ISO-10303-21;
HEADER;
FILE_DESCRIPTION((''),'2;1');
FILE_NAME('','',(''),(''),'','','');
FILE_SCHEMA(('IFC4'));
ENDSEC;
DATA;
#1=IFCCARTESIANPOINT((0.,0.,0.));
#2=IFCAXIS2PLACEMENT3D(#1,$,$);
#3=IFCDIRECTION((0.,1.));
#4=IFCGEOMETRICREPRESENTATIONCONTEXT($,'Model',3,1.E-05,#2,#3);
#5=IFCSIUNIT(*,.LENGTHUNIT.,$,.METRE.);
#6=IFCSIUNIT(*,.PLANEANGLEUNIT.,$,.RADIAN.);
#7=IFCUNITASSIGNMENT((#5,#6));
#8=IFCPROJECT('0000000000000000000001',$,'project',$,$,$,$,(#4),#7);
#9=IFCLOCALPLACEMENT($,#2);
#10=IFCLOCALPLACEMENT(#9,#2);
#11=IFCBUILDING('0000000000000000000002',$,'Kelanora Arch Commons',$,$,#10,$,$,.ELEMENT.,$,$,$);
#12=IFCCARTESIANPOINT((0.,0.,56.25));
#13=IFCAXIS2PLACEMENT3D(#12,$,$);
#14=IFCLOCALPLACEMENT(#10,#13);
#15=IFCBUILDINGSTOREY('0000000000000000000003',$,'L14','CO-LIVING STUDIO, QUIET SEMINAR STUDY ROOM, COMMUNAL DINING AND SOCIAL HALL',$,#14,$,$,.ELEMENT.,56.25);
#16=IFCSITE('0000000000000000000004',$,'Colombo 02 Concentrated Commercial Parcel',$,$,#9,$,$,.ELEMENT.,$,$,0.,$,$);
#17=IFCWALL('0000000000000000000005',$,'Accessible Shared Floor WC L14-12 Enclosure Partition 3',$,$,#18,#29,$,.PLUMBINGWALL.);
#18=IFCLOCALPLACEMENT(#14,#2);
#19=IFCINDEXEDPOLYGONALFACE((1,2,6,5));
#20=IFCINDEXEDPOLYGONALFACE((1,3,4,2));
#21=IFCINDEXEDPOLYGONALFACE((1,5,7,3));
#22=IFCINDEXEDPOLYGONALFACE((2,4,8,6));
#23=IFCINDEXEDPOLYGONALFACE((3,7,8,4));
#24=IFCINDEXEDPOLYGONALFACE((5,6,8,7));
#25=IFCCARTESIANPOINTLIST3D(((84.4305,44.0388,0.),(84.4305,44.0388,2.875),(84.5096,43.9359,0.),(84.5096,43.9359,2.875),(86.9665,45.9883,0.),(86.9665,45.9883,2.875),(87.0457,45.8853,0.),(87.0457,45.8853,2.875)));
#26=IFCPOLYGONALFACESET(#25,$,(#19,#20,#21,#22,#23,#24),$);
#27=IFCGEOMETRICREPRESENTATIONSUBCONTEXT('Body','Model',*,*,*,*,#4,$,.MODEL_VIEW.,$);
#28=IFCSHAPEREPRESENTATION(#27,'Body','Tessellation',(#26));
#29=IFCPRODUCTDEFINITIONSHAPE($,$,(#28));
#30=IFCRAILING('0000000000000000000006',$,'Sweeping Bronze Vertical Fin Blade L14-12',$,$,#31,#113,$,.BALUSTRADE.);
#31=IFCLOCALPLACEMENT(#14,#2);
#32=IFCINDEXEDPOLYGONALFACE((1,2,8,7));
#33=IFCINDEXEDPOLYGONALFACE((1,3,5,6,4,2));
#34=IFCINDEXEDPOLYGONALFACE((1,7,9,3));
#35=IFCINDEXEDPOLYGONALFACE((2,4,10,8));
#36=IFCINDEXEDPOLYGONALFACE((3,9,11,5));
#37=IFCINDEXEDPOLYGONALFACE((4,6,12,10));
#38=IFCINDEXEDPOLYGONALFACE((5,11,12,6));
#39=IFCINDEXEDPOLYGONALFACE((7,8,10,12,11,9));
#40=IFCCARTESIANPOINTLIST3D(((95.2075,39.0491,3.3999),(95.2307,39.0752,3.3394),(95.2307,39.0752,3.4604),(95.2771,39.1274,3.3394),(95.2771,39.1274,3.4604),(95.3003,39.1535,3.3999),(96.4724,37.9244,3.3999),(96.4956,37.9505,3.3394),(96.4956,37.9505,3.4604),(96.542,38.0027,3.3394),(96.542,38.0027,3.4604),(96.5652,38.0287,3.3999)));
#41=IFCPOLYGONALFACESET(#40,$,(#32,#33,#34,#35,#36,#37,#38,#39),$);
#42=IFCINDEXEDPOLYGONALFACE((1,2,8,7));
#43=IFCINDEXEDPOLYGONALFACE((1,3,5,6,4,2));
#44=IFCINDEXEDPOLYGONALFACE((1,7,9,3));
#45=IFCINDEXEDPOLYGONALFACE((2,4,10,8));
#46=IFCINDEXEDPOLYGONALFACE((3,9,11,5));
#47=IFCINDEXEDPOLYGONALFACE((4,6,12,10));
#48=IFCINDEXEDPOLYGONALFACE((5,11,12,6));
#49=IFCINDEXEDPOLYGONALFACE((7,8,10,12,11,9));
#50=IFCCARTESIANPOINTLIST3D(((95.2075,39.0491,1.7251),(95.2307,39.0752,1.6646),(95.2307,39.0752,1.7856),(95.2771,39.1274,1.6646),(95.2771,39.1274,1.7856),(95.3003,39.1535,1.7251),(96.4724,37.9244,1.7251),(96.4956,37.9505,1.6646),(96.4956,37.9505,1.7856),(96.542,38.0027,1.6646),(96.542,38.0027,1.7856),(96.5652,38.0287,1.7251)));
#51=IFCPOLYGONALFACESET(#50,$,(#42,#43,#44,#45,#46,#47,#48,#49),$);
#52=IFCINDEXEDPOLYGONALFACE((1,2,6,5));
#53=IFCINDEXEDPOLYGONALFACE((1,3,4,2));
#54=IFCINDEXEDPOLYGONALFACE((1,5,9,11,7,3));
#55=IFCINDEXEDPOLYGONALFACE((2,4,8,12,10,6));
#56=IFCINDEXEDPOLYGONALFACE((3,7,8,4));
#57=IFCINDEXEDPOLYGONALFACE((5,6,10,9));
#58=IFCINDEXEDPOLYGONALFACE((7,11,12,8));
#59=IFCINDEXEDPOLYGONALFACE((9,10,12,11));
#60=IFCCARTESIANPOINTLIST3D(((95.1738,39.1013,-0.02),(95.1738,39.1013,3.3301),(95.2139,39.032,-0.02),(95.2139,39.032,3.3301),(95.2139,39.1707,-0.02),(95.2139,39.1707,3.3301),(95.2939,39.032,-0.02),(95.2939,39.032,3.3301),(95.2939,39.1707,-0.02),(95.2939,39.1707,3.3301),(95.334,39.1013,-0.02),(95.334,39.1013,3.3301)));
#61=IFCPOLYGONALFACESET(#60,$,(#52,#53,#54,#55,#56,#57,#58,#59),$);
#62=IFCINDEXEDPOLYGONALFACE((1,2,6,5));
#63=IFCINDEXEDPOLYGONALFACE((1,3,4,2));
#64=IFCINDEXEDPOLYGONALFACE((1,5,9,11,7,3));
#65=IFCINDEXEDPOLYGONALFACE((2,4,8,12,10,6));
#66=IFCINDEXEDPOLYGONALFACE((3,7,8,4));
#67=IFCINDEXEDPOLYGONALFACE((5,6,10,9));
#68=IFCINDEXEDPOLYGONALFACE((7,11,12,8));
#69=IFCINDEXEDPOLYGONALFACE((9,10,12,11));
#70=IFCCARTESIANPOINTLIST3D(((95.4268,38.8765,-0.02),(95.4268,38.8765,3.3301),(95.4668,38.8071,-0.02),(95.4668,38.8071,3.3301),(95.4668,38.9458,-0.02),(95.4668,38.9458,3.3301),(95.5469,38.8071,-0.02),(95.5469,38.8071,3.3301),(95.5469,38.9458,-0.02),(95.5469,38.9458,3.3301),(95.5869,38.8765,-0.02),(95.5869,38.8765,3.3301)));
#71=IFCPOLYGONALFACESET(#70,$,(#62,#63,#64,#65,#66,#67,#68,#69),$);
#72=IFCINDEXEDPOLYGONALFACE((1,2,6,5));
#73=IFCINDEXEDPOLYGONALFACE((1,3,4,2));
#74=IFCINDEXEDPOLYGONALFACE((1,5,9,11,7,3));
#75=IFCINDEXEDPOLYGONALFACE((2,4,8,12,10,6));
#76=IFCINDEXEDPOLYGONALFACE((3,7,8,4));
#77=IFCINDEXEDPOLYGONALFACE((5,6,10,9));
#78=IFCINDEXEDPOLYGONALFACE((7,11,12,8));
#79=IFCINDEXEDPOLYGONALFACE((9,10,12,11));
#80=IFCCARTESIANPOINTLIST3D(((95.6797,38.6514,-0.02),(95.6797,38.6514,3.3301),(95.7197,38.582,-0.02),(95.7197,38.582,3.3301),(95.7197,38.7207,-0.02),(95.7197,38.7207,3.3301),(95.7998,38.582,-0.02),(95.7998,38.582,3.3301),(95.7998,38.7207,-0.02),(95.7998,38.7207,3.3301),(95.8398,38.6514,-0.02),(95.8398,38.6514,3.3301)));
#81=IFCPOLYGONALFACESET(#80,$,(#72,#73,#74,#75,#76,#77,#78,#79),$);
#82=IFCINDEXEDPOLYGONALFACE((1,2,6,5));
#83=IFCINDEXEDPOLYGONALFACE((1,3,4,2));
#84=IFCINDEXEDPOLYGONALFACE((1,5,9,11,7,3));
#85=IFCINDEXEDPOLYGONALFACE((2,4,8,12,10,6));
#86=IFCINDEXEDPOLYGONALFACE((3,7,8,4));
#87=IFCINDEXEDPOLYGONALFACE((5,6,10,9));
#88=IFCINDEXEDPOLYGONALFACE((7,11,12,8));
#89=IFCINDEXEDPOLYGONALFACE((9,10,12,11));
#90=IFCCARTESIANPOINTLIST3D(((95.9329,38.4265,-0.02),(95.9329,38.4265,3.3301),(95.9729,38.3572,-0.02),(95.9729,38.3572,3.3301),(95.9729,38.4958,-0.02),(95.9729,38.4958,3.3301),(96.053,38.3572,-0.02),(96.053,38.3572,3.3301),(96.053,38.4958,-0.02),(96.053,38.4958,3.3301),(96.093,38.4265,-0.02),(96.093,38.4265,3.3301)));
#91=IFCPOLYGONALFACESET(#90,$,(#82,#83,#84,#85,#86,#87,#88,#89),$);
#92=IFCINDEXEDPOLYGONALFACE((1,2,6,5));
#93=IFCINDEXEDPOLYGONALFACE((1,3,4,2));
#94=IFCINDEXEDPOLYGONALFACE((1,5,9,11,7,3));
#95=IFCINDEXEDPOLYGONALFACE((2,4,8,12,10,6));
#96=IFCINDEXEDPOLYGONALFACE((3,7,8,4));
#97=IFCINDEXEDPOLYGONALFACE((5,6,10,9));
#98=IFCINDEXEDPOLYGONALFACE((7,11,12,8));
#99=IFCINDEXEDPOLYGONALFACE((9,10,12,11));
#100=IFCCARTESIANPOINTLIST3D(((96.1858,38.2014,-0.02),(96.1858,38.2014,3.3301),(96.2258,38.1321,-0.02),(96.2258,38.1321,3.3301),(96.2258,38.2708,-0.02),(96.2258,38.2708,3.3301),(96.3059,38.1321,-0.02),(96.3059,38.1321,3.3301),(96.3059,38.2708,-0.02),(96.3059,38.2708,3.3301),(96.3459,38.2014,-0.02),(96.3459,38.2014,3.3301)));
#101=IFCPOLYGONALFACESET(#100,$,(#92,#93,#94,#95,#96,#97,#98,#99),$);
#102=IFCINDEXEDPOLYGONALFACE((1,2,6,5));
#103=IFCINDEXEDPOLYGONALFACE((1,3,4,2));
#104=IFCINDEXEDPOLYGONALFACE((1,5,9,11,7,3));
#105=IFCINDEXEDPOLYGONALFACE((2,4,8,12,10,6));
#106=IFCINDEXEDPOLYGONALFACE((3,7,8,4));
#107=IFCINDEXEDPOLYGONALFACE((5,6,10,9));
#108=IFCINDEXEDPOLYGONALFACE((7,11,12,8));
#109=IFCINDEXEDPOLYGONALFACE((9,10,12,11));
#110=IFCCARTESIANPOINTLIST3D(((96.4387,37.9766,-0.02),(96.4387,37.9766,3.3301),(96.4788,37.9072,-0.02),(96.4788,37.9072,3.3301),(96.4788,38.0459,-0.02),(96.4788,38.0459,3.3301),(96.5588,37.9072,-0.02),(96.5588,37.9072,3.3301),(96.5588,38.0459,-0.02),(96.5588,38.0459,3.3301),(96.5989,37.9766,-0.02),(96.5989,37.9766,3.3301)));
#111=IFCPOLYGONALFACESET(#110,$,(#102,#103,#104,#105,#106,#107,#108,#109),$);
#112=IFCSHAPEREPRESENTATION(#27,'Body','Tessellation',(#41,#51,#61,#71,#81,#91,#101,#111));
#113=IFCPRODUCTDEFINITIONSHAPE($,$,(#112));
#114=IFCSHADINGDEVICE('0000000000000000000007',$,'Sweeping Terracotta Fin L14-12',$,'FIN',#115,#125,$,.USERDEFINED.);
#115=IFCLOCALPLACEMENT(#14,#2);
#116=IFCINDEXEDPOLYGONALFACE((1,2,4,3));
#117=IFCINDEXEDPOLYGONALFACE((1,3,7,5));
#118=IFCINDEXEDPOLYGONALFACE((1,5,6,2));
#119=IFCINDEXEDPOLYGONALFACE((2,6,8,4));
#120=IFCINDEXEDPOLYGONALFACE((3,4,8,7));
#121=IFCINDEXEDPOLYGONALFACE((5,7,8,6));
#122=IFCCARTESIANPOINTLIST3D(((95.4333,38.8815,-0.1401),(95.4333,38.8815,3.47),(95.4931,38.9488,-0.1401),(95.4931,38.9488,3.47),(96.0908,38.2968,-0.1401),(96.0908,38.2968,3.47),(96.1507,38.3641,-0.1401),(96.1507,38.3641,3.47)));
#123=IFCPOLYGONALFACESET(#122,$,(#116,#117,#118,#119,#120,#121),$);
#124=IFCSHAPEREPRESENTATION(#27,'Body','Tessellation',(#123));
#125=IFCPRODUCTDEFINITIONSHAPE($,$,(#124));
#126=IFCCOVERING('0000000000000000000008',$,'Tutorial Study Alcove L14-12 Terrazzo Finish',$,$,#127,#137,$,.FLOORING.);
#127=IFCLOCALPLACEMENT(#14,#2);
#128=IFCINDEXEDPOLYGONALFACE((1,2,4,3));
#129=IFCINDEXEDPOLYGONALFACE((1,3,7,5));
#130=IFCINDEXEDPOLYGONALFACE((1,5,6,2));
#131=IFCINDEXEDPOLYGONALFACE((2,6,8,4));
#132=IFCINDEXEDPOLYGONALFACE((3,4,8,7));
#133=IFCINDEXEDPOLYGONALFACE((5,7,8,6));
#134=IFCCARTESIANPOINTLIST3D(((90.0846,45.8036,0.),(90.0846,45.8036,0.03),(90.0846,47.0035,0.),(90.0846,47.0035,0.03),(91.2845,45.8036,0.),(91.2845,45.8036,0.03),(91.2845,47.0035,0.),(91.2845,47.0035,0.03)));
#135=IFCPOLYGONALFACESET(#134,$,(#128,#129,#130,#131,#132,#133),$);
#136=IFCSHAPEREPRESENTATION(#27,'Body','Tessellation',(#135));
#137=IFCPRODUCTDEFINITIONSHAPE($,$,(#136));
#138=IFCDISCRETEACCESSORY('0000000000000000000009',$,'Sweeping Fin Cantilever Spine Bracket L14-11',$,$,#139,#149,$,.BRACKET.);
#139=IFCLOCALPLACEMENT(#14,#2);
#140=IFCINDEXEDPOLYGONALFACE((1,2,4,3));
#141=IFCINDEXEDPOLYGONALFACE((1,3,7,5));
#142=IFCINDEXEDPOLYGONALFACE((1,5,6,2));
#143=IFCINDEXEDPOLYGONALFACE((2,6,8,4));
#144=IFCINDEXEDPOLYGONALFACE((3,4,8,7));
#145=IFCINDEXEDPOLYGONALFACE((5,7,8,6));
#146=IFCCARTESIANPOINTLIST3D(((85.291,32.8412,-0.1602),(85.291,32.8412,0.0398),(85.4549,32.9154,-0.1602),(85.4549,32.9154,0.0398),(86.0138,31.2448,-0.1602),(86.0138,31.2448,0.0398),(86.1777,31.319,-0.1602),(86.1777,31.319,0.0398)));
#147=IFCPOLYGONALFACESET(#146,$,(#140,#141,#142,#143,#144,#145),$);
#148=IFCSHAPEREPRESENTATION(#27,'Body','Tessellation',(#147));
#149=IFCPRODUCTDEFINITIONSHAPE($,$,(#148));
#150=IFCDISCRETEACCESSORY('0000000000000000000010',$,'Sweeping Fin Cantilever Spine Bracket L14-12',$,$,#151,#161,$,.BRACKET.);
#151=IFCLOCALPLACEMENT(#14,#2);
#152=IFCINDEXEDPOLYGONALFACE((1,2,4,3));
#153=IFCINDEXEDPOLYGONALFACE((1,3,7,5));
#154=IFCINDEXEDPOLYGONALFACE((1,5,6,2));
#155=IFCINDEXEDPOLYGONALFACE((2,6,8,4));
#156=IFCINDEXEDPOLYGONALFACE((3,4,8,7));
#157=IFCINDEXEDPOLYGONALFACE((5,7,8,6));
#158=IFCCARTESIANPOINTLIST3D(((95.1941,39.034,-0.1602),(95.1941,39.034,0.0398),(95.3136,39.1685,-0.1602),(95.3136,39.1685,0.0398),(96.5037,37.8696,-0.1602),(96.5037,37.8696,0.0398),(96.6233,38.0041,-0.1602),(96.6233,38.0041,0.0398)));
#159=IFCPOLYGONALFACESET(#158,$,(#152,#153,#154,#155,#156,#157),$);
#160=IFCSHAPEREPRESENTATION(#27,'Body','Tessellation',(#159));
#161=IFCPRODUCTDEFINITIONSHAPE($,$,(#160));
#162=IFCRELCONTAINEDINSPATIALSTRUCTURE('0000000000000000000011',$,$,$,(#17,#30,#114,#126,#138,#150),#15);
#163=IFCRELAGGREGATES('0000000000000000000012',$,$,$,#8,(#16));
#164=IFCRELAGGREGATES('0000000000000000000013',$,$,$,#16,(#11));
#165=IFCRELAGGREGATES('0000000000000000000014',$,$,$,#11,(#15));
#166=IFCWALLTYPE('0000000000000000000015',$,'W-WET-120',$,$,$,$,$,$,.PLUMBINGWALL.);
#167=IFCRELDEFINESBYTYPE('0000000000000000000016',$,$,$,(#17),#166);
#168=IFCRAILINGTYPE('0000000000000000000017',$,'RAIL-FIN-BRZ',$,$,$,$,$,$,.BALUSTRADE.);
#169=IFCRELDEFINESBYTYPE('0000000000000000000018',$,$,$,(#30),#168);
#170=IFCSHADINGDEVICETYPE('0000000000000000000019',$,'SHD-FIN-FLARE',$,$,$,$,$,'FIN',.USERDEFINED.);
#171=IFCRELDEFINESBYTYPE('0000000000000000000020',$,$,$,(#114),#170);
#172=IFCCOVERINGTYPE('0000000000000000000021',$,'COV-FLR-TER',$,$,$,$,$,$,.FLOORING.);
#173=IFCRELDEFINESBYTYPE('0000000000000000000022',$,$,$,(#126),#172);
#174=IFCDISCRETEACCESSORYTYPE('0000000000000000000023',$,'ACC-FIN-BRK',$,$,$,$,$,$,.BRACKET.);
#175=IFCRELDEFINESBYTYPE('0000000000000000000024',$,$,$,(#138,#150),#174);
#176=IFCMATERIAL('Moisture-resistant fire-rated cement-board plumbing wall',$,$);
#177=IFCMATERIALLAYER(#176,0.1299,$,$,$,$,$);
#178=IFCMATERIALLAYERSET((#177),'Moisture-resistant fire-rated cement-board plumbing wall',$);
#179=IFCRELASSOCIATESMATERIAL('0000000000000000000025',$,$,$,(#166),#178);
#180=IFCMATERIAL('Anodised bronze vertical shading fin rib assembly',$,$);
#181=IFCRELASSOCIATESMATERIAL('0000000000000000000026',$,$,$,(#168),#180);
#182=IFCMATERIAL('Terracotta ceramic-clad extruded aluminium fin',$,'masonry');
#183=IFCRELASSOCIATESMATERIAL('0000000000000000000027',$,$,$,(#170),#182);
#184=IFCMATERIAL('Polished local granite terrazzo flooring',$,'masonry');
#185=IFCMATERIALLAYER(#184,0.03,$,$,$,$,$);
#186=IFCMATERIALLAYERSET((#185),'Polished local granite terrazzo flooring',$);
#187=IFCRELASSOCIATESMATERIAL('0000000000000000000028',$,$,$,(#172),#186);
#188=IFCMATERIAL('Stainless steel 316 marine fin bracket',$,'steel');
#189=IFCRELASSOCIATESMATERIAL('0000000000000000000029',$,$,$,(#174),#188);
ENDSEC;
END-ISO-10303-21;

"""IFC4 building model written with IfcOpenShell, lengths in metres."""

from ifc_helpers import new_model, si_unit, direction, frame, frame_2d, origin, origin_2d, place, context, subcontext, project, spatial, polyline, rectangle, outline, extrude, source, transform, mapped, material, layer, layer_set, type_object, element, save


model = new_model("IFC4")

# Units and contexts
model_context = context("Model", 3, precision=1e-05, world=origin(), true_north=direction((0.0, 1.0)))
body_context = subcontext(model_context, "Body", "Model", "MODEL_VIEW")
ifc_project = project(units=[si_unit("LENGTHUNIT", "METRE"), si_unit("PLANEANGLEUNIT", "RADIAN")], contexts=[model_context])

# Site, building, storey
site_placement = place(None, origin())
site = spatial("IfcSite", under=ifc_project, at=site_placement, Name="Colombo 02 Concentrated Commercial Parcel", CompositionType="ELEMENT", RefElevation=0.0)
building_placement = place(site_placement, origin())
building = spatial("IfcBuilding", under=site, at=building_placement, Name="Kelanora Arch Commons", CompositionType="ELEMENT")
storey_placement = place(building_placement, frame((0.0, 0.0, 56.25)))
storey = spatial("IfcBuildingStorey", under=building, at=storey_placement, Name="L14", Description="CO-LIVING STUDIO, QUIET SEMINAR STUDY ROOM, COMMUNAL DINING AND SOCIAL HALL", CompositionType="ELEMENT", Elevation=56.25)

# Wall
ifc_material_1 = material(Name="Moisture-resistant fire-rated cement-board plumbing wall")
ifc_layer_1 = layer(ifc_material_1, 0.1299)
ifc_layer_set_1 = layer_set([ifc_layer_1], Name="Moisture-resistant fire-rated cement-board plumbing wall")
wall_type_1 = type_object("IfcWallType", Name="W-WET-120", PredefinedType="PLUMBINGWALL", material=ifc_layer_set_1)
wall_1_placement = place(storey_placement, frame((87.0061, 45.9368, 0.0), z_axis=(0.0, 0.0, 1.0), x_axis=(-0.792837, -0.609434, 0.0)))
element("IfcWall", 1, at=wall_1_placement, inside=storey, type_object=wall_type_1, Name="Accessible Shared Floor WC L14-12 Enclosure Partition 3", PredefinedType="PLUMBINGWALL", context=body_context, shape_type="SweptSolid", body=[
    extrude(rectangle(XDim=3.1987, YDim=0.1299, at=frame_2d((1.5994, 0.0))), origin(), (0.0, 0.0, 1.0), 2.875),
])

# Railing
ifc_material_2 = material(Name="Anodised bronze vertical shading fin rib assembly")
railing_type = type_object("IfcRailingType", Name="RAIL-FIN-BRZ", PredefinedType="BALUSTRADE", material=ifc_material_2)
railing_placement = place(storey_placement, frame((95.2539, 39.1013, -0.02)))
element("IfcRailing", 2, at=railing_placement, inside=storey, type_object=railing_type, Name="Sweeping Bronze Vertical Fin Blade L14-12", PredefinedType="BALUSTRADE", context=body_context, shape_type="SweptSolid", body=[
    extrude(outline(polyline([(0.0698, 0.0), (0.0349, 0.0605), (-0.0349, 0.0605), (-0.0698, 0.0), (-0.0349, -0.0605), (0.0349, -0.0605), (0.0698, 0.0)])), frame((0.0, 0.0, 3.4199), z_axis=(0.74729, -0.664498, 0.0), x_axis=(0.664498, 0.74729, 0.0)), (0.0, 0.0, 1.0), 1.6926),
    extrude(outline(polyline([(0.0698, 0.0), (0.0349, 0.0605), (-0.0349, 0.0605), (-0.0698, 0.0), (-0.0349, -0.0605), (0.0349, -0.0605), (0.0698, 0.0)])), frame((0.0, 0.0, 1.7451), z_axis=(0.74729, -0.664498, 0.0), x_axis=(0.664498, 0.74729, 0.0)), (0.0, 0.0, 1.0), 1.6926),
    extrude(outline(polyline([(0.0801, 0.0), (0.04, 0.0693), (-0.04, 0.0693), (-0.0801, 0.0), (-0.04, -0.0693), (0.04, -0.0693), (0.0801, 0.0)])), origin(), (0.0, 0.0, 1.0), 3.3501),
    extrude(outline(polyline([(0.0801, 0.0), (0.04, 0.0693), (-0.04, 0.0693), (-0.0801, 0.0), (-0.04, -0.0693), (0.04, -0.0693), (0.0801, 0.0)])), frame((0.2529, -0.2249, 0.0)), (0.0, 0.0, 1.0), 3.3501),
    extrude(outline(polyline([(0.0801, 0.0), (0.04, 0.0693), (-0.04, 0.0693), (-0.0801, 0.0), (-0.04, -0.0693), (0.04, -0.0693), (0.0801, 0.0)])), frame((0.5059, -0.45, 0.0)), (0.0, 0.0, 1.0), 3.3501),
    extrude(outline(polyline([(0.0801, 0.0), (0.04, 0.0693), (-0.04, 0.0693), (-0.0801, 0.0), (-0.04, -0.0693), (0.04, -0.0693), (0.0801, 0.0)])), frame((0.759, -0.6748, 0.0)), (0.0, 0.0, 1.0), 3.3501),
    extrude(outline(polyline([(0.0801, 0.0), (0.04, 0.0693), (-0.04, 0.0693), (-0.0801, 0.0), (-0.04, -0.0693), (0.04, -0.0693), (0.0801, 0.0)])), frame((1.012, -0.8999, 0.0)), (0.0, 0.0, 1.0), 3.3501),
    extrude(outline(polyline([(0.0801, 0.0), (0.04, 0.0693), (-0.04, 0.0693), (-0.0801, 0.0), (-0.04, -0.0693), (0.04, -0.0693), (0.0801, 0.0)])), frame((1.2649, -1.1248, 0.0)), (0.0, 0.0, 1.0), 3.3501),
])

# Shading device
ifc_material_3 = material(Name="Terracotta ceramic-clad extruded aluminium fin", Category="masonry")
shading_device_type = type_object("IfcShadingDeviceType", Name="SHD-FIN-FLARE", ElementType="FIN", PredefinedType="USERDEFINED", material=ifc_material_3)
shared_shape_1 = source(origin(), body_context, "Body", "SweptSolid", [
    extrude(rectangle(XDim=0.8799, YDim=0.0901, at=origin_2d()), origin(), (0.0, 0.0, 1.0), 3.6101),
])
shading_device_placement = place(storey_placement, frame((95.792, 38.6228, -0.1401), z_axis=(0.0, 0.0, 1.0), x_axis=(0.747334, -0.664448, 0.0)))
element("IfcShadingDevice", 3, at=shading_device_placement, inside=storey, type_object=shading_device_type, Name="Sweeping Terracotta Fin L14-12", ObjectType="FIN", PredefinedType="USERDEFINED", context=body_context, shape_type="MappedRepresentation", body=[
    mapped(shared_shape_1, transform((0.0, 0.0, 0.0), scale=1.0)),
])

# Covering
ifc_material_4 = material(Name="Polished local granite terrazzo flooring", Category="masonry")
ifc_layer_2 = layer(ifc_material_4, 0.03)
ifc_layer_set_2 = layer_set([ifc_layer_2], Name="Polished local granite terrazzo flooring")
covering_type = type_object("IfcCoveringType", Name="COV-FLR-TER", PredefinedType="FLOORING", material=ifc_layer_set_2)
shared_shape_2 = source(origin(), body_context, "Body", "SweptSolid", [
    extrude(rectangle(XDim=1.2, YDim=1.2, at=origin_2d()), origin(), (0.0, 0.0, 1.0), 0.03),
])
covering_placement = place(storey_placement, frame((90.6846, 46.4036, 0.0), z_axis=(0.0, 0.0, 1.0), x_axis=(1.0, 0.0, 0.0)))
element("IfcCovering", 4, at=covering_placement, inside=storey, type_object=covering_type, Name="Tutorial Study Alcove L14-12 Terrazzo Finish", PredefinedType="FLOORING", context=body_context, shape_type="MappedRepresentation", body=[
    mapped(shared_shape_2, transform((0.0, 0.0, 0.0), scale=1.0)),
])

# Discrete accessories
ifc_material_5 = material(Name="Stainless steel 316 marine fin bracket", Category="steel")
discrete_accessory_type = type_object("IfcDiscreteAccessoryType", Name="ACC-FIN-BRK", PredefinedType="BRACKET", material=ifc_material_5)
shared_shape_3 = source(origin(), body_context, "Body", "SweptSolid", [
    extrude(rectangle(XDim=1.7524, YDim=0.1799, at=origin_2d()), origin(), (0.0, 0.0, 1.0), 0.2),
])
for number, where, z_axis, x_axis, name in (
    (5, (85.7344, 32.0801, -0.1602), (0.0, 0.0, 1.0), (0.412469, -0.910972, 0.0), "Sweeping Fin Cantilever Spine Bracket L14-11"),
    (6, (95.9087, 38.519, -0.1602), (0.0, 0.0, 1.0), (0.747334, -0.664448, 0.0), "Sweeping Fin Cantilever Spine Bracket L14-12"),
):
    element("IfcDiscreteAccessory", number, at=place(storey_placement, frame(where, z_axis=z_axis, x_axis=x_axis)), inside=storey, type_object=discrete_accessory_type, Name=name, PredefinedType="BRACKET", context=body_context, shape_type="MappedRepresentation", body=[
        mapped(shared_shape_3, transform((0.0, 0.0, 0.0), scale=1.0)),
    ])

save(model, "model.ifc")
